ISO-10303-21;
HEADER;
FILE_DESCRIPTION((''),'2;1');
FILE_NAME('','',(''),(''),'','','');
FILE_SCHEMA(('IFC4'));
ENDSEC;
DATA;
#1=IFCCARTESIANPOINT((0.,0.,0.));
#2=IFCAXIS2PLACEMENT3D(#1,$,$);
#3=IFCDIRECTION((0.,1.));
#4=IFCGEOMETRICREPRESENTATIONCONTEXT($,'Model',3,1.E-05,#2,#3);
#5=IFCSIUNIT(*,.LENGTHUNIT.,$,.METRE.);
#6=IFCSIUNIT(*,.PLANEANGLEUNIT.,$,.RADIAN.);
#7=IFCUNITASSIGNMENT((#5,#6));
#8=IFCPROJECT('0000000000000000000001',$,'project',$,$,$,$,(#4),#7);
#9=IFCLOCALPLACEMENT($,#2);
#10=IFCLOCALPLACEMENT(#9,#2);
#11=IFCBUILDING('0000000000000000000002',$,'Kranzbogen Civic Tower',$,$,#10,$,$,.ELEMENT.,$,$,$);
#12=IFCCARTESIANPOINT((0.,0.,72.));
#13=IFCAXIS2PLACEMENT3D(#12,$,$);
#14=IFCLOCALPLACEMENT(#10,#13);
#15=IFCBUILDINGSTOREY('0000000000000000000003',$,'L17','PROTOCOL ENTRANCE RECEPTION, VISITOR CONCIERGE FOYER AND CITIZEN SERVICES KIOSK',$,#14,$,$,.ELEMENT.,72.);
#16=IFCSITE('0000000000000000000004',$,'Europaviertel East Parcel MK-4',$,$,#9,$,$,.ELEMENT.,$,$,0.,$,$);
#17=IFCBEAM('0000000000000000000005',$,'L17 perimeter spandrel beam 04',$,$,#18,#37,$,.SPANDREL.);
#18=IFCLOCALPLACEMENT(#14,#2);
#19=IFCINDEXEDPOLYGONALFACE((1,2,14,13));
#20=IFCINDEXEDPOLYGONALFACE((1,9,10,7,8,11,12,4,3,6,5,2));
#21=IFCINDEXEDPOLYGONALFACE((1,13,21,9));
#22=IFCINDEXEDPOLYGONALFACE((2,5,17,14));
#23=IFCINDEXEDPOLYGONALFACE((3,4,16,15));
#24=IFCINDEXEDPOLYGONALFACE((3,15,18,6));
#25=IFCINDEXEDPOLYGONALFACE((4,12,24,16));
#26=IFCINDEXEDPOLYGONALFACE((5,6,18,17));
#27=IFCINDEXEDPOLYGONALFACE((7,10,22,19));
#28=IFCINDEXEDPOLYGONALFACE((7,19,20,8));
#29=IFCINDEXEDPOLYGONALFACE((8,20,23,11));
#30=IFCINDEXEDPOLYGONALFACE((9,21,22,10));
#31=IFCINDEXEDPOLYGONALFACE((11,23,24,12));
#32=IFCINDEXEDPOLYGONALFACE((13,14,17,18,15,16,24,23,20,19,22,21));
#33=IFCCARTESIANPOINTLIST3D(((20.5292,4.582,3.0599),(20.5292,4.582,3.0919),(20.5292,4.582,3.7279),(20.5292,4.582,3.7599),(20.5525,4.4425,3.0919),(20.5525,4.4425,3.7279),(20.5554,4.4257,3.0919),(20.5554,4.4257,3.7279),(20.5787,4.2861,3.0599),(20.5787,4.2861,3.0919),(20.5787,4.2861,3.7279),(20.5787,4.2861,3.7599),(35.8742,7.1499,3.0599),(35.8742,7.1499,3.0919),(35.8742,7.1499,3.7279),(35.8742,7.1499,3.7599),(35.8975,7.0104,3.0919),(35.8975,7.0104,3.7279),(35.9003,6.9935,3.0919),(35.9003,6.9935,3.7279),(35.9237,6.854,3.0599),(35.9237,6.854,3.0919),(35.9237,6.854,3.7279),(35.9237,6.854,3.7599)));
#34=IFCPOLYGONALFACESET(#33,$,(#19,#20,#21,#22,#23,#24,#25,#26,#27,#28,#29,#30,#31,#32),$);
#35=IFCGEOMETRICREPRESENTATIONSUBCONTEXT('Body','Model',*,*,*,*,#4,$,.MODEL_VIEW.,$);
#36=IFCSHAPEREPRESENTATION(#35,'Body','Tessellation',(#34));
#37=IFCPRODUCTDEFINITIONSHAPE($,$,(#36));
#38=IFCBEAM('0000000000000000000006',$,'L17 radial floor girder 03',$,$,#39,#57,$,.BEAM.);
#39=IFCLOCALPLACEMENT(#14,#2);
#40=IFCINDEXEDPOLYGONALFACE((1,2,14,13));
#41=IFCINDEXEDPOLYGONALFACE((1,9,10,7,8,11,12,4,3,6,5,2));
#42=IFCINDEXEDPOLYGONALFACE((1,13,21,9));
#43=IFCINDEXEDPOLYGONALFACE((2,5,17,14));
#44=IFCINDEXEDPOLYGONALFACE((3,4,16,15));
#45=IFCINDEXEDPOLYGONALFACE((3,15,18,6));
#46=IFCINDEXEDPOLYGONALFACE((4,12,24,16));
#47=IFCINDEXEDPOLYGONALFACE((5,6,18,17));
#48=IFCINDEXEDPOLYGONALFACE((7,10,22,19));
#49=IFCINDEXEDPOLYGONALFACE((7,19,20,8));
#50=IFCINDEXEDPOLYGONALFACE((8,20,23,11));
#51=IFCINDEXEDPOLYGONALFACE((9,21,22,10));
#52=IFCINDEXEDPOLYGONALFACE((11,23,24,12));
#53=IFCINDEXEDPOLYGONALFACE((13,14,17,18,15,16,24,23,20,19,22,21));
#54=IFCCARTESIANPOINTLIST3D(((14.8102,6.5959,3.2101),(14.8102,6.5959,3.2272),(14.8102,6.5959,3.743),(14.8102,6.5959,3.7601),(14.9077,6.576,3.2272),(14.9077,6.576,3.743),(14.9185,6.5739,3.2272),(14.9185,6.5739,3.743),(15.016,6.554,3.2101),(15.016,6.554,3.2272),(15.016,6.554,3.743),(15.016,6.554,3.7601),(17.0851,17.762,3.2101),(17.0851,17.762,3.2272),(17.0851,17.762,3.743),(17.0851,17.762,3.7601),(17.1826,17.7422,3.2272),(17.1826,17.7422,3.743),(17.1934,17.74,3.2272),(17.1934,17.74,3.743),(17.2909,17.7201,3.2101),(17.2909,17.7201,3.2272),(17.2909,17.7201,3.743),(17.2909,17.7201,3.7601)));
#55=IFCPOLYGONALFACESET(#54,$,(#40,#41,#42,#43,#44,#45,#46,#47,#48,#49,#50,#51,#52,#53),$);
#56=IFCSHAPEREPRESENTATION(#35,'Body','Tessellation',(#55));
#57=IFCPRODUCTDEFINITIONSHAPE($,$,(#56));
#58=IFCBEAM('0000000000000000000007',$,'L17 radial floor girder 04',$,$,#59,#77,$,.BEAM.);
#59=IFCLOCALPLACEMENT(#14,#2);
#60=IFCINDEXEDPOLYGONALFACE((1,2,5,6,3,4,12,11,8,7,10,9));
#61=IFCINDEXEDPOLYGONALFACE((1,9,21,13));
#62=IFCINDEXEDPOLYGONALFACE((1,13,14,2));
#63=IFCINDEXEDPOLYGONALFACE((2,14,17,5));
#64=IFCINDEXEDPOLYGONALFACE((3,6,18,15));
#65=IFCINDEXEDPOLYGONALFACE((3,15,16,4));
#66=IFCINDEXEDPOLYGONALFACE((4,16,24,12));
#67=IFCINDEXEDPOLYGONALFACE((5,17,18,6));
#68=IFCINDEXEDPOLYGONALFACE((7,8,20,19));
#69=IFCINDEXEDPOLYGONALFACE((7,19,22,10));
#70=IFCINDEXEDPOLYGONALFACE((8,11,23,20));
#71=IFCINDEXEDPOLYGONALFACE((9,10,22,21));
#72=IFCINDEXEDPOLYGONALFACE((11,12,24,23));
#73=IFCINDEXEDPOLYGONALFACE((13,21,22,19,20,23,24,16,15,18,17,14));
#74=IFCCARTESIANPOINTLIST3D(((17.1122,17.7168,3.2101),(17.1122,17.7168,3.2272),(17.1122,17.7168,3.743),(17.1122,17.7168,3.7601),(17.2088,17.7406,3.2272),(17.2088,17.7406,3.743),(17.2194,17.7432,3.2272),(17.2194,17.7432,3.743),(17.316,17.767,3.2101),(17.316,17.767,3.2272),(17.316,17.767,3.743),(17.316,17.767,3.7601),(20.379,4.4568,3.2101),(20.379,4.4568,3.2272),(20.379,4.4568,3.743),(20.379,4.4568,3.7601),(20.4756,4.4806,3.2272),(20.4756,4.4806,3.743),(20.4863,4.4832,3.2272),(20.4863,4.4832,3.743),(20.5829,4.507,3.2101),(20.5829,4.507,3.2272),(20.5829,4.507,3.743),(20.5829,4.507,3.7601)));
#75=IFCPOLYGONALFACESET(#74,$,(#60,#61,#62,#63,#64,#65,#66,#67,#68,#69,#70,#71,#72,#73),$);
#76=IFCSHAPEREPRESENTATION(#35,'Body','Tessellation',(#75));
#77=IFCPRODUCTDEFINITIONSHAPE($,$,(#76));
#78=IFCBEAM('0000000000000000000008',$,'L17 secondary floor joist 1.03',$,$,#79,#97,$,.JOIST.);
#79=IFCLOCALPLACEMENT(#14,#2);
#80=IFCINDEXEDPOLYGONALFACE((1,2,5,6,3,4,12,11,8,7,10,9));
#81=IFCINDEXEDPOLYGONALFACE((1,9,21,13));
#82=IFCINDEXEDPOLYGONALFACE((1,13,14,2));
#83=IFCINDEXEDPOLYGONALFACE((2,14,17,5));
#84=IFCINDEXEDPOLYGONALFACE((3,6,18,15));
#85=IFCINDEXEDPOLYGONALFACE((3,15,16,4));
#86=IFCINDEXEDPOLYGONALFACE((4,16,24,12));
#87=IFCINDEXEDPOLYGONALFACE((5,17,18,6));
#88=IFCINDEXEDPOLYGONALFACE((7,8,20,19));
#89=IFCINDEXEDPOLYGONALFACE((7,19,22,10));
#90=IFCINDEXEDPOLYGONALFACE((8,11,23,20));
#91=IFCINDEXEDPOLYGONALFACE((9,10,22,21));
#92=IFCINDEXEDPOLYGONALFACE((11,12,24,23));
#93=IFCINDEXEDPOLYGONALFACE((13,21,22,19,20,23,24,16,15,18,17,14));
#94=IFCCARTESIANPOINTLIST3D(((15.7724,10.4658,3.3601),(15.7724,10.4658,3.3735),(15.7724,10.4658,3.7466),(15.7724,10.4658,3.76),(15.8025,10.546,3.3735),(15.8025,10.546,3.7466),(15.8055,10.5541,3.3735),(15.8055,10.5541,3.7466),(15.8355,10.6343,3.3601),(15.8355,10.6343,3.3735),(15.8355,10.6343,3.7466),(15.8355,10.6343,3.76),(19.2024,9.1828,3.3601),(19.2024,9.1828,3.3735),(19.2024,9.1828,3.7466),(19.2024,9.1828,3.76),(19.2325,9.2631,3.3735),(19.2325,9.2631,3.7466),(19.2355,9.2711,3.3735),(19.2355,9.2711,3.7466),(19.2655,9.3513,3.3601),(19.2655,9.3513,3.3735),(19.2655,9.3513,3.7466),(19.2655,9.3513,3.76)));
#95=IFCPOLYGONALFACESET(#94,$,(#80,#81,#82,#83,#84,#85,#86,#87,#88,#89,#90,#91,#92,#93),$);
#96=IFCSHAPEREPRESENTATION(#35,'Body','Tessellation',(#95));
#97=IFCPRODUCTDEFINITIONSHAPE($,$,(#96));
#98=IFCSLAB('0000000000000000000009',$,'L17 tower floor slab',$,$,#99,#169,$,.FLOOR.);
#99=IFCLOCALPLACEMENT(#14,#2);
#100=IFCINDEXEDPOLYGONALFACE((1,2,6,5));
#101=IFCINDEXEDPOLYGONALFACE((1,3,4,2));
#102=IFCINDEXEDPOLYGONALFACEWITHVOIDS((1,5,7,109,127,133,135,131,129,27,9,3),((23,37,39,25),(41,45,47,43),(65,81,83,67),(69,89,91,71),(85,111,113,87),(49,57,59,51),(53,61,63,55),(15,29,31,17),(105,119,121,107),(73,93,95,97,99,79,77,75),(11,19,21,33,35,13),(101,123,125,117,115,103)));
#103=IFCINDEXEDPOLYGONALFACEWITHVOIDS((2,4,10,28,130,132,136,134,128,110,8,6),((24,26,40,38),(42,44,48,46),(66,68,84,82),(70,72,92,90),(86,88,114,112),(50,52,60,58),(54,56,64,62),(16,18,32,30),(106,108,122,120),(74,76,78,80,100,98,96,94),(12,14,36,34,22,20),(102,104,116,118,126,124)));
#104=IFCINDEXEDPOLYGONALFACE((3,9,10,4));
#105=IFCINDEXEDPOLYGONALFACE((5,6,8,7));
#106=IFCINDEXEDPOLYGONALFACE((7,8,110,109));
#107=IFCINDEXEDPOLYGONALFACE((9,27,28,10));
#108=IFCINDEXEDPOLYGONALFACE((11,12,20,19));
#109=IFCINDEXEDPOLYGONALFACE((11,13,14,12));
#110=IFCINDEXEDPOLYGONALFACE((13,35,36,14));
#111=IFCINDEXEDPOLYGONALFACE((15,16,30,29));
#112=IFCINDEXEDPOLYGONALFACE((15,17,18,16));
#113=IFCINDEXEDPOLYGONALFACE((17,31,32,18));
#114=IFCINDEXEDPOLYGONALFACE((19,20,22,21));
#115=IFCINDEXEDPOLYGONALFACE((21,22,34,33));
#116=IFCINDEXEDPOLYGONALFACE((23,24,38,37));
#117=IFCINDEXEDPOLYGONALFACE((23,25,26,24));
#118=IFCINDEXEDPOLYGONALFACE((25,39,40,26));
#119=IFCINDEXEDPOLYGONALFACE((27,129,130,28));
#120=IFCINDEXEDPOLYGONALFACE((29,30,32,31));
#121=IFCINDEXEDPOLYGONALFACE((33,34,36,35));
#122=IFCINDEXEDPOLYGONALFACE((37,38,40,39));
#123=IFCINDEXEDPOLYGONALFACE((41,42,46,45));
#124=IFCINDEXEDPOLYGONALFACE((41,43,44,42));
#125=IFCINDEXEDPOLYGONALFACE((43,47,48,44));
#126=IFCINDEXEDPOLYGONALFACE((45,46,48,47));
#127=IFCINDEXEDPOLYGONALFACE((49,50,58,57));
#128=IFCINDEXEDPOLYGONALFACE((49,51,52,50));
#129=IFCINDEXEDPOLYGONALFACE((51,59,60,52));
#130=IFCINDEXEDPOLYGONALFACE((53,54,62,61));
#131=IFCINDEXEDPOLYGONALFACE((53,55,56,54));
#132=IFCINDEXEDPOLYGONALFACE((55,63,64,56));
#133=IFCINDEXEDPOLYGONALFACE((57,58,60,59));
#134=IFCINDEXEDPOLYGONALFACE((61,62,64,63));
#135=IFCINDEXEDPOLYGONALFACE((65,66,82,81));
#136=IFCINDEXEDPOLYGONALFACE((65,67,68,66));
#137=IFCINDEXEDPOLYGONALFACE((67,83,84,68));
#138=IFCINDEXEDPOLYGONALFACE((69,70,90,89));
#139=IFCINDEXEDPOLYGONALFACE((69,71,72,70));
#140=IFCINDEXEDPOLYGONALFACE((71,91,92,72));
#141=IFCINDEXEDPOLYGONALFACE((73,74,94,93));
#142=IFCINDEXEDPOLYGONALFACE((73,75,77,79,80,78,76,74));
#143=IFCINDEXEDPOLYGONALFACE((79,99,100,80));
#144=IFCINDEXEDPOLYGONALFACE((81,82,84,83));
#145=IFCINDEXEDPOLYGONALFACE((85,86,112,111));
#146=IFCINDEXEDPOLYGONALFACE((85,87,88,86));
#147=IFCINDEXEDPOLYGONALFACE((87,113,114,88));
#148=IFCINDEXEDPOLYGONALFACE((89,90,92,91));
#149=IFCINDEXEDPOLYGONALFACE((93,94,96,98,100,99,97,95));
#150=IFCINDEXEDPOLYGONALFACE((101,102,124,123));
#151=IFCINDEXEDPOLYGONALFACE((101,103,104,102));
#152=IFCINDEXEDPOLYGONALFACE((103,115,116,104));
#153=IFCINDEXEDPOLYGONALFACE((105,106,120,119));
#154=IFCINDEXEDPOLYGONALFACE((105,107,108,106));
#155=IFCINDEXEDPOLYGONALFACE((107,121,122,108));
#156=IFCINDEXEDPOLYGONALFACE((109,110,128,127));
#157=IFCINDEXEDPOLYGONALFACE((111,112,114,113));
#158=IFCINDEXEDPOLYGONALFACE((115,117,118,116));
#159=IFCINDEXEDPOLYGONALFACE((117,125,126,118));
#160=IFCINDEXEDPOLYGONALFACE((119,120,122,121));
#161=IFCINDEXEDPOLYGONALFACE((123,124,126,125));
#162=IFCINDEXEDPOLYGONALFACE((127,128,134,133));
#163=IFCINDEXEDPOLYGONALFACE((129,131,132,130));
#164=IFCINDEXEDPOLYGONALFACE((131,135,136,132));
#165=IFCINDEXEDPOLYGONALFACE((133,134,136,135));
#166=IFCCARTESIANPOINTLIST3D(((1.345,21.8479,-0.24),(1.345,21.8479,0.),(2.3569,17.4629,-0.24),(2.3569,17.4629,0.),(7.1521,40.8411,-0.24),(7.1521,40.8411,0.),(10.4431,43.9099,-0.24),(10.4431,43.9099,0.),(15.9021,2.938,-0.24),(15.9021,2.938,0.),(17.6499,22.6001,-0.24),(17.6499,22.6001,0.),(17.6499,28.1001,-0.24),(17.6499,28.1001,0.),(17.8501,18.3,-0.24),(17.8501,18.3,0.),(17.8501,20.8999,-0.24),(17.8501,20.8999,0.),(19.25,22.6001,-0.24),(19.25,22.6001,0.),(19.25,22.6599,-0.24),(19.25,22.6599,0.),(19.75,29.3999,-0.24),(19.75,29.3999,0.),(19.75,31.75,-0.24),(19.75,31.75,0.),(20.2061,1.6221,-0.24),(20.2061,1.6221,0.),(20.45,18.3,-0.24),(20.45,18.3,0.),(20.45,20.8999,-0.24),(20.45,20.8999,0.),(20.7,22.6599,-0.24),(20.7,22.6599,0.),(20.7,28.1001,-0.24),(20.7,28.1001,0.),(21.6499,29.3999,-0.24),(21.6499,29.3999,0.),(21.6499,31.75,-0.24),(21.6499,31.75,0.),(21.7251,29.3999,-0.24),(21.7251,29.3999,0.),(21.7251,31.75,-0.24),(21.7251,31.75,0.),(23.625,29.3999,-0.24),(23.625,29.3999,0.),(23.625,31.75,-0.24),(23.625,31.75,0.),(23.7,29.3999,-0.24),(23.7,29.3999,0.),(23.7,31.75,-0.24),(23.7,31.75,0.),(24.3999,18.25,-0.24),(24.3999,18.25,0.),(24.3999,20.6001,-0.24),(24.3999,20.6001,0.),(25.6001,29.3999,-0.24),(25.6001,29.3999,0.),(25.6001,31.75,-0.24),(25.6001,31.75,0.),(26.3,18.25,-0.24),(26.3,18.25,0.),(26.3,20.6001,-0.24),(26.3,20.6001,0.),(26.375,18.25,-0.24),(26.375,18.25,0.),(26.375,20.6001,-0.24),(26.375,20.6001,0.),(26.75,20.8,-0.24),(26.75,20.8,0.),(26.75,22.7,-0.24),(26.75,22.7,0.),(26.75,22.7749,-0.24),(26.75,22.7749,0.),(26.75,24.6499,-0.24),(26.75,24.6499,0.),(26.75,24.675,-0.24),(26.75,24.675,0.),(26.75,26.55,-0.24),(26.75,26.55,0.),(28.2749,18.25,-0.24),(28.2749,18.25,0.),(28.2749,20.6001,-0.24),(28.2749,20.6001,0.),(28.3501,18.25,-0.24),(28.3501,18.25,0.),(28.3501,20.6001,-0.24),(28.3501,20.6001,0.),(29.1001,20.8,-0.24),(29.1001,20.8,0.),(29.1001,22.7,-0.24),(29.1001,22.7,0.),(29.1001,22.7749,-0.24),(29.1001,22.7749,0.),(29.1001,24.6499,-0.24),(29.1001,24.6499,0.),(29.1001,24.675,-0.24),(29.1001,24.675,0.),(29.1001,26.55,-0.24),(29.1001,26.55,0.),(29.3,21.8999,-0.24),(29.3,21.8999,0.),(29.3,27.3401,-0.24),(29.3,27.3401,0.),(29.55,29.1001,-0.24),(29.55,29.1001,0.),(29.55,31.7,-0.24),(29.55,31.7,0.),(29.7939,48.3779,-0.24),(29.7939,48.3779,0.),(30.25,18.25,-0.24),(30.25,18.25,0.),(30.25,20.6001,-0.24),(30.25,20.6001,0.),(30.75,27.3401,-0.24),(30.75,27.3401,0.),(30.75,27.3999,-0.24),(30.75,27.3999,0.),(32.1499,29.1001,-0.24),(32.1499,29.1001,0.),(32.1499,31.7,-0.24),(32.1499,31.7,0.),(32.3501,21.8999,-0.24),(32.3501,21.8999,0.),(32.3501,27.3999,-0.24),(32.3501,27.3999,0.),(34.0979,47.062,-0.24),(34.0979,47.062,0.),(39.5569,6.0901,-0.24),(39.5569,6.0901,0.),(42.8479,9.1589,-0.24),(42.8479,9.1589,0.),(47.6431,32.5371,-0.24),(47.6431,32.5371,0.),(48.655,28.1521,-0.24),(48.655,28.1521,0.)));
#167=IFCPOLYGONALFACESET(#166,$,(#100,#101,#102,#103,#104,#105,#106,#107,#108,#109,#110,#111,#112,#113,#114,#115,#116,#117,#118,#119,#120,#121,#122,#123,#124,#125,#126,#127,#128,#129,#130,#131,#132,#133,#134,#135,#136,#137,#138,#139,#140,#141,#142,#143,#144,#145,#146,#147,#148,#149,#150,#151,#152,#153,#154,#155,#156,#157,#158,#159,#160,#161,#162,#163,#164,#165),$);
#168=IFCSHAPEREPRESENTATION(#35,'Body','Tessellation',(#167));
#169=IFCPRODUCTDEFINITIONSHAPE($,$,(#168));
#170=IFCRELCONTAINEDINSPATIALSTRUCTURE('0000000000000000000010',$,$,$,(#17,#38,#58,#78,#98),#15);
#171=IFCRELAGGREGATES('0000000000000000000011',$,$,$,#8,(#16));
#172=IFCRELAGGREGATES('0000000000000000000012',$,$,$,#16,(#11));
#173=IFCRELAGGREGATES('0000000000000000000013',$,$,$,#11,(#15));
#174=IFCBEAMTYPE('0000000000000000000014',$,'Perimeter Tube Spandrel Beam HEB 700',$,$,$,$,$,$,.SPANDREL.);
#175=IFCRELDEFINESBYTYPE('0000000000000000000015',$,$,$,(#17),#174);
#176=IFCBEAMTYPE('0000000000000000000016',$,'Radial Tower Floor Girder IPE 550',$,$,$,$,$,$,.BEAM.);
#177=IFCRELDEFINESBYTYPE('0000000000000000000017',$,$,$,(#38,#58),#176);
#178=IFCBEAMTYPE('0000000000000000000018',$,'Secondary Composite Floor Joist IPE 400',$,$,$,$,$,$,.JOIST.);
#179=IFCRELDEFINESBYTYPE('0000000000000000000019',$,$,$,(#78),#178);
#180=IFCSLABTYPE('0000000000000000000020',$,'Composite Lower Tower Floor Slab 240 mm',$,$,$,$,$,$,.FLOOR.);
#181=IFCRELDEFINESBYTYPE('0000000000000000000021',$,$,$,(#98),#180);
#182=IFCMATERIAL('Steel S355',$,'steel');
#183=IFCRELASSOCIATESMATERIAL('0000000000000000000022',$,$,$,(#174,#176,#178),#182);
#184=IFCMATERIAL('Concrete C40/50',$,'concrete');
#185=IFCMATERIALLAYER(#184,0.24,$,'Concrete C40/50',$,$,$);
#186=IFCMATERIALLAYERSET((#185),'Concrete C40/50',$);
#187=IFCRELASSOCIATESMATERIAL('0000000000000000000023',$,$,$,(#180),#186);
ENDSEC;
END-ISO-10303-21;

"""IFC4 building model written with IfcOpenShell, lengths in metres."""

from ifc_helpers import new_model, si_unit, direction, frame, origin, origin_2d, place, context, subcontext, project, spatial, polyline, i_section, outline, extrude, material, layer, layer_set, material_profile, profile_set, type_object, element, save


model = new_model("IFC4")

# Units and contexts
model_context = context("Model", 3, precision=1e-05, world=origin(), true_north=direction((0.0, 1.0)))
body_context = subcontext(model_context, "Body", "Model", "MODEL_VIEW")
ifc_project = project(units=[si_unit("LENGTHUNIT", "METRE"), si_unit("PLANEANGLEUNIT", "RADIAN")], contexts=[model_context])

# Site, building, storey
site_placement = place(None, origin())
site = spatial("IfcSite", under=ifc_project, at=site_placement, Name="Europaviertel East Parcel MK-4", CompositionType="ELEMENT", RefElevation=0.0)
building_placement = place(site_placement, origin())
building = spatial("IfcBuilding", under=site, at=building_placement, Name="Kranzbogen Civic Tower", CompositionType="ELEMENT")
storey_placement = place(building_placement, frame((0.0, 0.0, 72.0)))
storey = spatial("IfcBuildingStorey", under=building, at=storey_placement, Name="L17", Description="PROTOCOL ENTRANCE RECEPTION, VISITOR CONCIERGE FOYER AND CITIZEN SERVICES KIOSK", CompositionType="ELEMENT", Elevation=72.0)

# Shared definitions
ifc_material_1 = material(Name="Steel S355", Category="steel")

# Beams
ifc_material_profile_1 = material_profile(ifc_material_1, i_section(OverallWidth=0.3, OverallDepth=0.7, WebThickness=0.0171, FlangeThickness=0.032, at=origin_2d()), Name="HEB 700")
ifc_profile_set_1 = profile_set([ifc_material_profile_1], Name="Steel S355")
beam_type_1 = type_object("IfcBeamType", Name="Perimeter Tube Spandrel Beam HEB 700", PredefinedType="SPANDREL", material=ifc_profile_set_1)
beam_1_placement = place(storey_placement, frame((20.554, 4.4341, 3.4099), z_axis=(0.986286, 0.165048, 0.0), x_axis=(-0.165048, 0.986286, 0.0)))
element("IfcBeam", 1, at=beam_1_placement, inside=storey, type_object=beam_type_1, Name="L17 perimeter spandrel beam 04", PredefinedType="SPANDREL", context=body_context, shape_type="SweptSolid", body=[
    extrude(i_section(OverallWidth=0.3, OverallDepth=0.7, WebThickness=0.0171, FlangeThickness=0.032, at=origin_2d()), origin(), (0.0, 0.0, 1.0), 15.5583),
])
ifc_material_profile_2 = material_profile(ifc_material_1, i_section(OverallWidth=0.21, OverallDepth=0.55, WebThickness=0.011, FlangeThickness=0.0171, at=origin_2d()), Name="IPE 550")
ifc_profile_set_2 = profile_set([ifc_material_profile_2], Name="Steel S355")
beam_type_2 = type_object("IfcBeamType", Name="Radial Tower Floor Girder IPE 550", PredefinedType="BEAM", material=ifc_profile_set_2)
beam_2_placement = place(storey_placement, frame((14.9131, 6.575, 3.4851), z_axis=(0.199633, 0.979871, 0.0), x_axis=(-0.979871, 0.199633, 0.0)))
element("IfcBeam", 2, at=beam_2_placement, inside=storey, type_object=beam_type_2, Name="L17 radial floor girder 03", PredefinedType="BEAM", context=body_context, shape_type="SweptSolid", body=[
    extrude(i_section(OverallWidth=0.21, OverallDepth=0.55, WebThickness=0.011, FlangeThickness=0.0171, at=origin_2d()), origin(), (0.0, 0.0, 1.0), 11.3955),
])
beam_3_placement = place(storey_placement, frame((20.481, 4.4819, 3.4851), z_axis=(-0.239215, 0.970967, 0.0), x_axis=(-0.970967, -0.239215, 0.0)))
element("IfcBeam", 3, at=beam_3_placement, inside=storey, type_object=beam_type_2, Name="L17 radial floor girder 04", PredefinedType="BEAM", context=body_context, shape_type="SweptSolid", body=[
    extrude(i_section(OverallWidth=0.21, OverallDepth=0.55, WebThickness=0.011, FlangeThickness=0.0171, at=origin_2d()), origin(), (0.0, 0.0, 1.0), 13.6565),
])
ifc_material_profile_3 = material_profile(ifc_material_1, i_section(OverallWidth=0.1799, OverallDepth=0.3999, WebThickness=0.0085, FlangeThickness=0.0134, at=origin_2d()), Name="IPE 400")
ifc_profile_set_3 = profile_set([ifc_material_profile_3], Name="Steel S355")
beam_type_3 = type_object("IfcBeamType", Name="Secondary Composite Floor Joist IPE 400", PredefinedType="JOIST", material=ifc_profile_set_3)
beam_4_placement = place(storey_placement, frame((15.804, 10.55, 3.5601), z_axis=(0.936622, -0.350342, 0.0), x_axis=(0.350342, 0.936622, 0.0)))
element("IfcBeam", 4, at=beam_4_placement, inside=storey, type_object=beam_type_3, Name="L17 secondary floor joist 1.03", PredefinedType="JOIST", context=body_context, shape_type="SweptSolid", body=[
    extrude(i_section(OverallWidth=0.1799, OverallDepth=0.3999, WebThickness=0.0085, FlangeThickness=0.0134, at=origin_2d()), origin(), (0.0, 0.0, 1.0), 3.6621),
])

# Slab
ifc_material_2 = material(Name="Concrete C40/50", Category="concrete")
ifc_layer_1 = layer(ifc_material_2, 0.24, Name="Concrete C40/50")
ifc_layer_set_1 = layer_set([ifc_layer_1], Name="Concrete C40/50")
slab_type_1 = type_object("IfcSlabType", Name="Composite Lower Tower Floor Slab 240 mm", PredefinedType="FLOOR", material=ifc_layer_set_1)
slab_1_placement = place(storey_placement, frame((0.0, 0.0, -0.24)))
element("IfcSlab", 5, at=slab_1_placement, inside=storey, type_object=slab_type_1, Name="L17 tower floor slab", PredefinedType="FLOOR", context=body_context, shape_type="SweptSolid", body=[
    extrude(outline(polyline([(47.6431, 32.5371), (34.0979, 47.062), (29.7939, 48.3779), (10.4431, 43.9099), (7.1521, 40.8411), (1.345, 21.8479), (2.3569, 17.4629), (15.9021, 2.938), (20.2061, 1.6221), (39.5569, 6.0901), (42.8479, 9.1589), (48.655, 28.1521), (47.6431, 32.5371)]), holes=[polyline([(26.3, 20.6001), (26.3, 18.25), (24.3999, 18.25), (24.3999, 20.6001), (26.3, 20.6001)]), polyline([(28.2749, 18.25), (26.375, 18.25), (26.375, 20.6001), (28.2749, 20.6001), (28.2749, 18.25)]), polyline([(20.45, 18.3), (17.8501, 18.3), (17.8501, 20.8999), (20.45, 20.8999), (20.45, 18.3)]), polyline([(20.7, 22.6599), (19.25, 22.6599), (19.25, 22.6001), (17.6499, 22.6001), (17.6499, 28.1001), (20.7, 28.1001), (20.7, 22.6599)]), polyline([(21.6499, 29.3999), (19.75, 29.3999), (19.75, 31.75), (21.6499, 31.75), (21.6499, 29.3999)]), polyline([(23.625, 29.3999), (21.7251, 29.3999), (21.7251, 31.75), (23.625, 31.75), (23.625, 29.3999)]), polyline([(25.6001, 31.75), (25.6001, 29.3999), (23.7, 29.3999), (23.7, 31.75), (25.6001, 31.75)]), polyline([(30.25, 18.25), (28.3501, 18.25), (28.3501, 20.6001), (30.25, 20.6001), (30.25, 18.25)]), polyline([(29.1001, 20.8), (26.75, 20.8), (26.75, 22.7), (29.1001, 22.7), (29.1001, 20.8)]), polyline([(26.75, 26.55), (29.1001, 26.55), (29.1001, 24.675), (29.1001, 24.6499), (29.1001, 22.7749), (26.75, 22.7749), (26.75, 24.6499), (26.75, 24.675), (26.75, 26.55)]), polyline([(30.75, 27.3401), (30.75, 27.3999), (32.3501, 27.3999), (32.3501, 21.8999), (29.3, 21.8999), (29.3, 27.3401), (30.75, 27.3401)]), polyline([(32.1499, 29.1001), (29.55, 29.1001), (29.55, 31.7), (32.1499, 31.7), (32.1499, 29.1001)])]), origin(), (0.0, 0.0, 1.0), 0.24),
])

save(model, "model.ifc")
